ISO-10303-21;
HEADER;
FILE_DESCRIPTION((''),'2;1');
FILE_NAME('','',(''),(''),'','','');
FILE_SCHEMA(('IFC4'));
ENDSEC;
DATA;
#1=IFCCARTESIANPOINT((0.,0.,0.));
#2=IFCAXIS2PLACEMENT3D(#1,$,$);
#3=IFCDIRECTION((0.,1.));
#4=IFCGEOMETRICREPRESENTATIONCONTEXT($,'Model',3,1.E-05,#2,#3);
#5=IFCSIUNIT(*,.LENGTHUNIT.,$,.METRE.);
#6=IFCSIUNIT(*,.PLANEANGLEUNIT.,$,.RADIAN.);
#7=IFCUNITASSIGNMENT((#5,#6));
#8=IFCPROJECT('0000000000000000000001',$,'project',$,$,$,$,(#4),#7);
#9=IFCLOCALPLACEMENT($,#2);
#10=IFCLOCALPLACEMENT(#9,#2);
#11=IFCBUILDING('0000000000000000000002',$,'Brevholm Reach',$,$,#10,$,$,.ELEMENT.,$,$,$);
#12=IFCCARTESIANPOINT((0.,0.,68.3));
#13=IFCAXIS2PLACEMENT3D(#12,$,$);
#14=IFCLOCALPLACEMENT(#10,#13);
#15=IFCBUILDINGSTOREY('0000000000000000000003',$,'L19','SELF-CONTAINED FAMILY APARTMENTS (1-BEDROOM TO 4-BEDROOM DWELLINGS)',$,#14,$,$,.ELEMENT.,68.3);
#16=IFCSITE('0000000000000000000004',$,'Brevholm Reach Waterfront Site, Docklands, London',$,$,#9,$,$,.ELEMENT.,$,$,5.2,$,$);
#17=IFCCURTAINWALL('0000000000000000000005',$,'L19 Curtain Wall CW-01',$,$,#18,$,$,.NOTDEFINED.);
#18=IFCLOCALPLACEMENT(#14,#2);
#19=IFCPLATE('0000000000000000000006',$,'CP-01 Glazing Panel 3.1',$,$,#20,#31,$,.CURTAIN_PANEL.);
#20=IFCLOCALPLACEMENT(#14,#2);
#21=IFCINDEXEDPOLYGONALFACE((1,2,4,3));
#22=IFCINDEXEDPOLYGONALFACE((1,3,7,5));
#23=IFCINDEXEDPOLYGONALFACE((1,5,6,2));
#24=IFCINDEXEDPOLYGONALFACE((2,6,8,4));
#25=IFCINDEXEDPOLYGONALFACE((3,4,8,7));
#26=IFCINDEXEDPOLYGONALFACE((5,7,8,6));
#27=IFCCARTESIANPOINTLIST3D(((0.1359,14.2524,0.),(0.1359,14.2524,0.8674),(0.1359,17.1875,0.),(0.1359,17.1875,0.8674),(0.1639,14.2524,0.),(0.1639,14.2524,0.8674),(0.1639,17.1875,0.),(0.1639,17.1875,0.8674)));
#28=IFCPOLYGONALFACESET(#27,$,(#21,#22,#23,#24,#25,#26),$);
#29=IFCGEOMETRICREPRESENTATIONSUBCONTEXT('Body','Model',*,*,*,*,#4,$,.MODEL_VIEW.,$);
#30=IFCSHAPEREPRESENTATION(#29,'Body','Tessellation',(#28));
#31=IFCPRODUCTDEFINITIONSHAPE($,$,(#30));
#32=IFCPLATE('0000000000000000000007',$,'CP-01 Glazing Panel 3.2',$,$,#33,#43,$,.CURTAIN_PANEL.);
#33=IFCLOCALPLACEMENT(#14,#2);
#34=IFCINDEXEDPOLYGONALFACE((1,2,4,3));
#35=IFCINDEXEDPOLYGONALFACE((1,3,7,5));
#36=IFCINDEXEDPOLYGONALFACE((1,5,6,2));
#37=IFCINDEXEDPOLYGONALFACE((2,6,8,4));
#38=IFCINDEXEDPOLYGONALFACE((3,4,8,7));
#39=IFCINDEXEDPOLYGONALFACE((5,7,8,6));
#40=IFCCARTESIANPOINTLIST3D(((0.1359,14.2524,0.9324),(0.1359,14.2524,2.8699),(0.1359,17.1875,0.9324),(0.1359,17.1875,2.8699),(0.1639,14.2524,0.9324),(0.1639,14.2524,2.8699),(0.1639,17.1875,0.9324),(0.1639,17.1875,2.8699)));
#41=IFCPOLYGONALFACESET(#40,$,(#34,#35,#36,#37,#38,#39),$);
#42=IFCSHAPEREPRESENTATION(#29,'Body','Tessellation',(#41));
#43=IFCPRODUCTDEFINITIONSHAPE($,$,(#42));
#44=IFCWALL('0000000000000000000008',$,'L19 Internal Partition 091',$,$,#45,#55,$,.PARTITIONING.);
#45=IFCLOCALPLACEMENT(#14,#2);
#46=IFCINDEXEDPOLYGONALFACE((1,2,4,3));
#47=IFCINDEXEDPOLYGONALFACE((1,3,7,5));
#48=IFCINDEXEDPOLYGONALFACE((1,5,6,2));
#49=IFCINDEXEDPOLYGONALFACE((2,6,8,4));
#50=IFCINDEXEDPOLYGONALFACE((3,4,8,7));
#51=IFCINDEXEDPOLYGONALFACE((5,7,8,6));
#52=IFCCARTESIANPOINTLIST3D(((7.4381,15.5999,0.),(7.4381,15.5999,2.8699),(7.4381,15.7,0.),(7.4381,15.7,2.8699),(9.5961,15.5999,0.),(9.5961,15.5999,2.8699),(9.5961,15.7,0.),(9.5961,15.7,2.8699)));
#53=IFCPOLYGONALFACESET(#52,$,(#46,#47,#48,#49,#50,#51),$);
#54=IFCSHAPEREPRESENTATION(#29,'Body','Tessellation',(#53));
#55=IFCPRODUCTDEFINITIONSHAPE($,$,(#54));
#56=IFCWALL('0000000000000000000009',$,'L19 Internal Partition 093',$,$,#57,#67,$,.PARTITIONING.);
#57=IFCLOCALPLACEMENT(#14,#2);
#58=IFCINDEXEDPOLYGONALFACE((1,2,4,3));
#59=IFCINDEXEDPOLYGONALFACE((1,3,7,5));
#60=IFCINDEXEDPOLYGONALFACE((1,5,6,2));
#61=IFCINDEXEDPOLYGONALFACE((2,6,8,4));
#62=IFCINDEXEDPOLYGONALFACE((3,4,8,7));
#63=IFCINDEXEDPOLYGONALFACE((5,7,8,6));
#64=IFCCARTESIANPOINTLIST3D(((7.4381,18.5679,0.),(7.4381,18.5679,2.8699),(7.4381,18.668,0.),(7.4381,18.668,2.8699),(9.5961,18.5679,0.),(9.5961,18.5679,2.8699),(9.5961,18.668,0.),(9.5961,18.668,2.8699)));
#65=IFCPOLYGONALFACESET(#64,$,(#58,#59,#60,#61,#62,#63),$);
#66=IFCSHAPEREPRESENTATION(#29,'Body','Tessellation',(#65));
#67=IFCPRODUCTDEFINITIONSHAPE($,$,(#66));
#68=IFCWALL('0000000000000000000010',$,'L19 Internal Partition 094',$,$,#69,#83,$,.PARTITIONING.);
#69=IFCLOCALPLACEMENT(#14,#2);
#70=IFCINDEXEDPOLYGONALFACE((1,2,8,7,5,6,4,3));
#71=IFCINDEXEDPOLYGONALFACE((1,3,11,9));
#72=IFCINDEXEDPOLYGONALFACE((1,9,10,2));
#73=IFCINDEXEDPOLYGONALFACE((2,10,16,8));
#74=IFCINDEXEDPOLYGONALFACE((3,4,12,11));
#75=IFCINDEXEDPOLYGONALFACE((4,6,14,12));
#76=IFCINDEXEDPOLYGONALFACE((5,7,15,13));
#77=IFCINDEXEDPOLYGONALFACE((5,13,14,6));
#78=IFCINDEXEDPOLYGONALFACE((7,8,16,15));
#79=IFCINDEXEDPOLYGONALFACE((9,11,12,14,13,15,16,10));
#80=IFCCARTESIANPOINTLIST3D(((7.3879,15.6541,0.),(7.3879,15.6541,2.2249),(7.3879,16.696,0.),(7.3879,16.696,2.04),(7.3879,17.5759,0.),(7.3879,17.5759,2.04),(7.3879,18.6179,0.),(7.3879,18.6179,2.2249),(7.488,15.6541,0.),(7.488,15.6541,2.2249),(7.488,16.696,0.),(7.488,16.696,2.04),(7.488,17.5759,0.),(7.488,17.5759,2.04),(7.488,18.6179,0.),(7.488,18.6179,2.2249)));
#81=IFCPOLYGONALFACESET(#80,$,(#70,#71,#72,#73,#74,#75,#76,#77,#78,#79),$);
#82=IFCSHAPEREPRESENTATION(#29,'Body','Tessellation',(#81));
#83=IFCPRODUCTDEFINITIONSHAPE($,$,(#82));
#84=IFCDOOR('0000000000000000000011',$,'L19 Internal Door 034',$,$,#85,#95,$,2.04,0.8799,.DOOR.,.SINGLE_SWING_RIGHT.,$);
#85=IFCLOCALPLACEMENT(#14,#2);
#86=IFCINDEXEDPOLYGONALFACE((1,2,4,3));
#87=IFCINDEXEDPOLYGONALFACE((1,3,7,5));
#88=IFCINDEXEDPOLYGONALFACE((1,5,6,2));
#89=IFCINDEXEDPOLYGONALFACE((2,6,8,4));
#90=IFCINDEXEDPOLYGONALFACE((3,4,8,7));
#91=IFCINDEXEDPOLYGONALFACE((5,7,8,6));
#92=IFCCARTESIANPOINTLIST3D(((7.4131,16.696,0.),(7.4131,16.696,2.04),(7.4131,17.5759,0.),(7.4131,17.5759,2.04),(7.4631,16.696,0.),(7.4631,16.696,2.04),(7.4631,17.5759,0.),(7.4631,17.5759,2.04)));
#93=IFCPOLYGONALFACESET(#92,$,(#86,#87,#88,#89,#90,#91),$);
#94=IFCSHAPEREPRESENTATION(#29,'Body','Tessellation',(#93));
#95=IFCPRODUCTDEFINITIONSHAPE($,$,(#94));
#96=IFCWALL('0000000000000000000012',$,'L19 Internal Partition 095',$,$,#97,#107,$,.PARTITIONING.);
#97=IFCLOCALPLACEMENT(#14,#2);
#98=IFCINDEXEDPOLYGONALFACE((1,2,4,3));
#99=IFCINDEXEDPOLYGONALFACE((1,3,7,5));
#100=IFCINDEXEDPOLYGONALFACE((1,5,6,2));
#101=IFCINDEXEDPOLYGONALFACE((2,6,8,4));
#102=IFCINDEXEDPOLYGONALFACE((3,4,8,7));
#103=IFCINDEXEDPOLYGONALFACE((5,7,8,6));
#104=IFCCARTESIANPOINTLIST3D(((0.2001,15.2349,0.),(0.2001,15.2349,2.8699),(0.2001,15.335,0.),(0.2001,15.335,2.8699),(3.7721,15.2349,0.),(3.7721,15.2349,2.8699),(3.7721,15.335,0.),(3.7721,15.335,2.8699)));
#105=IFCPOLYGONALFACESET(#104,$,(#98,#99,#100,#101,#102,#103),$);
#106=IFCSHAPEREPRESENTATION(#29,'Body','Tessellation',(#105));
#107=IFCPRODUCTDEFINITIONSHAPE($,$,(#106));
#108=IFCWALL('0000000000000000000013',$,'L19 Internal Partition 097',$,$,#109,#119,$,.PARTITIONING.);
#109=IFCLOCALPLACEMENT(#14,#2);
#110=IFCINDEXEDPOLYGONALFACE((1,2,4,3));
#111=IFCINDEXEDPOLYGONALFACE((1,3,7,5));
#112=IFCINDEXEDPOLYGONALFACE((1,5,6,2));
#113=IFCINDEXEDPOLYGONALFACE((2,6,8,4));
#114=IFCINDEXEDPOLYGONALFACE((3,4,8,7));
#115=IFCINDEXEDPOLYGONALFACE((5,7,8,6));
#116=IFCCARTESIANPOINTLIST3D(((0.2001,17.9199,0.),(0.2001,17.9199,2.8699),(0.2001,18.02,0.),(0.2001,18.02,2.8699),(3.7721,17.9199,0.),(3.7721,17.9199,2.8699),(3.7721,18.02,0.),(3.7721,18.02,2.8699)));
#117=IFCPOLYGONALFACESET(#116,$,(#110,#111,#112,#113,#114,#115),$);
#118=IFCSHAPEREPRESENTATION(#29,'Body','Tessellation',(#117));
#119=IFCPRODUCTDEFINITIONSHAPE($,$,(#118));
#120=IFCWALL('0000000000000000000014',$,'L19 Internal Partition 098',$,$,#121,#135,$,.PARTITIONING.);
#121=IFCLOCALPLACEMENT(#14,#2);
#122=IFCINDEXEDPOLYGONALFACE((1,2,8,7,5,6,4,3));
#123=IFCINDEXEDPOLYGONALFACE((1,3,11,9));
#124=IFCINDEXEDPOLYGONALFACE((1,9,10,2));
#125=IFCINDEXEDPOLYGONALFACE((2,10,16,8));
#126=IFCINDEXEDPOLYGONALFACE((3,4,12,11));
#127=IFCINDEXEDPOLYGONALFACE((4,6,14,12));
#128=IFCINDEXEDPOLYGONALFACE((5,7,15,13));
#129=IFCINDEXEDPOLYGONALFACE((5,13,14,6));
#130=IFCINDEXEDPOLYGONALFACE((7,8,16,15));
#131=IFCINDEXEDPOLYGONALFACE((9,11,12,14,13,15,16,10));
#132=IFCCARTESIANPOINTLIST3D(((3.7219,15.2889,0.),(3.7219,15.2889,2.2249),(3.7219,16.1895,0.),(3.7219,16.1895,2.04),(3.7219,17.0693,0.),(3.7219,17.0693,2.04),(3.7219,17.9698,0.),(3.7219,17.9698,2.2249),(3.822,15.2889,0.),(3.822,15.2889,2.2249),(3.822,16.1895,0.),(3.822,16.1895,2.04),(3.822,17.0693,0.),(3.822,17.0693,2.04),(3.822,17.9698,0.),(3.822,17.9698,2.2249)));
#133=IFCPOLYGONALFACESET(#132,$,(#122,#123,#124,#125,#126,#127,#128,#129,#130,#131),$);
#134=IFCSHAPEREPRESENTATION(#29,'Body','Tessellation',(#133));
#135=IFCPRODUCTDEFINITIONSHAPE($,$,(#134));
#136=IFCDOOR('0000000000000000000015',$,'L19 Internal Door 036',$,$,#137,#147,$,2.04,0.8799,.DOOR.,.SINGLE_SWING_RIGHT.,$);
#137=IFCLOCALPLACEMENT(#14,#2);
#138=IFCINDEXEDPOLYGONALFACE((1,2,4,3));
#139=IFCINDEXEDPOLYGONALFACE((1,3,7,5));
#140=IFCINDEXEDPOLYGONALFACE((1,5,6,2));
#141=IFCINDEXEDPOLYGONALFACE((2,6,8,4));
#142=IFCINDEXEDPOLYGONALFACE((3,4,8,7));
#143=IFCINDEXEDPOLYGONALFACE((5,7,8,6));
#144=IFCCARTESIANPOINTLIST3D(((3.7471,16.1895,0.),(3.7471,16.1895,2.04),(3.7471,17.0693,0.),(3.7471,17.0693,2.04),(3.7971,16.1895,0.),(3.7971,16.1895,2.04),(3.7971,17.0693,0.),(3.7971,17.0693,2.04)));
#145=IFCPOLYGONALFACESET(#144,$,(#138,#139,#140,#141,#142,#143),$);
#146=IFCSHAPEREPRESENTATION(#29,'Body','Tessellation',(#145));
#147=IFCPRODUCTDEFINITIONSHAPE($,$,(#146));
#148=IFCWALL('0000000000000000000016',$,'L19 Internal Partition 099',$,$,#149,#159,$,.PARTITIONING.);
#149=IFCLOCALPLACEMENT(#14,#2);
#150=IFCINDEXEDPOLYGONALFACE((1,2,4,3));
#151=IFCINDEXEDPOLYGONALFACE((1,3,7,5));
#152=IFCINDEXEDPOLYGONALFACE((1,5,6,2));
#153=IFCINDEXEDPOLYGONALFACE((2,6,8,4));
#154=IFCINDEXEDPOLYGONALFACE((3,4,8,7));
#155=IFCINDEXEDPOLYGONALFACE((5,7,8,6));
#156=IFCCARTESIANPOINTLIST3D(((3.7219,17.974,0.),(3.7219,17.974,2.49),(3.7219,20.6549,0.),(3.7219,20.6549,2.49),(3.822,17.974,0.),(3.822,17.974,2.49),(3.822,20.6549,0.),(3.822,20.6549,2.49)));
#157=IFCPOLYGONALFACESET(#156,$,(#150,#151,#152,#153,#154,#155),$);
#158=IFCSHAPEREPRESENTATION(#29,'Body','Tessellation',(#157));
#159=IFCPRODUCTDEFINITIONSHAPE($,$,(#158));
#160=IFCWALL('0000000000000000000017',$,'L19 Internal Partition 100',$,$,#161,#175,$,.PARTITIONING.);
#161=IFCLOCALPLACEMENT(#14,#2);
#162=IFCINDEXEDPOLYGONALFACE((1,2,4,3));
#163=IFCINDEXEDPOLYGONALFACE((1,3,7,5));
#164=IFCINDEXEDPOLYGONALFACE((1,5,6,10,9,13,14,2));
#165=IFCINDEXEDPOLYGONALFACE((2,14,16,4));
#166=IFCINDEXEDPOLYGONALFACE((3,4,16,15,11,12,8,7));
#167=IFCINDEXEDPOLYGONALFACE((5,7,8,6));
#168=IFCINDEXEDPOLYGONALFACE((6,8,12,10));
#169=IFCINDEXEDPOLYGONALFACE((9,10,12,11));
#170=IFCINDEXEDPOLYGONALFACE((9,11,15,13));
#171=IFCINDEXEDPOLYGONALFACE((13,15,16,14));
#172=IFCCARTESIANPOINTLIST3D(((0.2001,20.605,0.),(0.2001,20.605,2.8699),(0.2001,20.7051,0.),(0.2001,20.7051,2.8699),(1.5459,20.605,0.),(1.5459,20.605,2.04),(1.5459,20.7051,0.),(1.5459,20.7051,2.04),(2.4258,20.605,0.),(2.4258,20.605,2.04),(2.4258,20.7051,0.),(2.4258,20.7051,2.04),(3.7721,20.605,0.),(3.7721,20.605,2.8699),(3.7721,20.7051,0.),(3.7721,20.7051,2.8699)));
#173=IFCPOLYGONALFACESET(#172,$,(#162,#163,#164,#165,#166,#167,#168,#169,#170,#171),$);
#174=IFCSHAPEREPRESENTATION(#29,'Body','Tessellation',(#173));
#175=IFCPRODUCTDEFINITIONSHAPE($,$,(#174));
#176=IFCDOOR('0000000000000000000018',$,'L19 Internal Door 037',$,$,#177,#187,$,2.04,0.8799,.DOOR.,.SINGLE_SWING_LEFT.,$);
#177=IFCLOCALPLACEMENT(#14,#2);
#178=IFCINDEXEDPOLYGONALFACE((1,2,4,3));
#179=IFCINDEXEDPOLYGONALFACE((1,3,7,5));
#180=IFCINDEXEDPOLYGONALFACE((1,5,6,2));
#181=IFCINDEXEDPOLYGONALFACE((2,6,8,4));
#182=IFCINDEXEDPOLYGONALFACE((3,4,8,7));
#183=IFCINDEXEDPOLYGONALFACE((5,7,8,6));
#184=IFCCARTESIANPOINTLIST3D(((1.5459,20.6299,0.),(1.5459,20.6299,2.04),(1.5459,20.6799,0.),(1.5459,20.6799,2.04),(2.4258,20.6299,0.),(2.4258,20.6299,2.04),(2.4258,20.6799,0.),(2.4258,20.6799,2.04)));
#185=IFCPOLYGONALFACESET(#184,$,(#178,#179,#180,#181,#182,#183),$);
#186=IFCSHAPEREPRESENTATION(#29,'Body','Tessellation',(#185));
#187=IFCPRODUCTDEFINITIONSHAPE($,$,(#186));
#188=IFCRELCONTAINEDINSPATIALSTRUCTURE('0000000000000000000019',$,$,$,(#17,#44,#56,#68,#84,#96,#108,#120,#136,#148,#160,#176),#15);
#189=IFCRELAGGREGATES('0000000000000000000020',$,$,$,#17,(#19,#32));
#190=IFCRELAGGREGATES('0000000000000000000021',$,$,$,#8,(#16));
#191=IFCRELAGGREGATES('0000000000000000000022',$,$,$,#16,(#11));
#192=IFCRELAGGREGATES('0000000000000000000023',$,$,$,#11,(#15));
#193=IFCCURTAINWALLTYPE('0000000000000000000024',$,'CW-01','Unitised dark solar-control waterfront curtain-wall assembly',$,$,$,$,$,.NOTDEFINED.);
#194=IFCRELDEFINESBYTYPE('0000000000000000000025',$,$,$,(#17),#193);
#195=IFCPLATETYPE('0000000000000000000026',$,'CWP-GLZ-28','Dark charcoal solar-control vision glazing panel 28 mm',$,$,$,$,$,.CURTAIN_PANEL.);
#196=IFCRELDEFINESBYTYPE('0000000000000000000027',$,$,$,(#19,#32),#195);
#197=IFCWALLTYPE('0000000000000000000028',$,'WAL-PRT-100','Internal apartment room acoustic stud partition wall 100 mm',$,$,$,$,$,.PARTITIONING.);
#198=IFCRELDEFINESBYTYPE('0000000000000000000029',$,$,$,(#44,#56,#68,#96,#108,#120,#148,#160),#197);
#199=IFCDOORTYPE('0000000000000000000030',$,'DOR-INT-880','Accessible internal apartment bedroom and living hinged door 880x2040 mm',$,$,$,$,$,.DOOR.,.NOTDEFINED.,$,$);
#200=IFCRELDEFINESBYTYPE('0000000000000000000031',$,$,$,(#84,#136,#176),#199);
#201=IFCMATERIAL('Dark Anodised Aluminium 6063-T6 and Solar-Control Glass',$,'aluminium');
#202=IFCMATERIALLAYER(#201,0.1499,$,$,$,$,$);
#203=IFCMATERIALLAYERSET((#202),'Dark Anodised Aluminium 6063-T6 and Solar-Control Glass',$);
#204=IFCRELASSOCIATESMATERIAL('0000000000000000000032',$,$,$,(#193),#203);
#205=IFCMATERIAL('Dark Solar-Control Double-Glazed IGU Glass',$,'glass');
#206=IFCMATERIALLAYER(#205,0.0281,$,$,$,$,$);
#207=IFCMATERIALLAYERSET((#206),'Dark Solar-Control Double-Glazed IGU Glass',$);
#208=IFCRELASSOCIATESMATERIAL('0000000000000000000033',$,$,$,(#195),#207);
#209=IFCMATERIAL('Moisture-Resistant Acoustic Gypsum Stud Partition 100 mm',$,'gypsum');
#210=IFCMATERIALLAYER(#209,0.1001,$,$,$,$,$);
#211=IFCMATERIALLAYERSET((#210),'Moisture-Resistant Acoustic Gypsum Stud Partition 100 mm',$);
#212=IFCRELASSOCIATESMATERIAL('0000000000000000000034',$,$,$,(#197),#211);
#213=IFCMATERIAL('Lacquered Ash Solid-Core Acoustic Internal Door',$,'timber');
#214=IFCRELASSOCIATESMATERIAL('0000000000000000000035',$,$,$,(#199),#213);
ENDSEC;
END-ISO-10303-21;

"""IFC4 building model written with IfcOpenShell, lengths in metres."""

from ifc_helpers import new_model, si_unit, direction, frame, frame_2d, origin, origin_2d, place, context, subcontext, project, spatial, rectangle, extrude, material, layer, layer_set, type_object, element, fill, aggregate, save


model = new_model("IFC4")

# Units and contexts
model_context = context("Model", 3, precision=1e-05, world=origin(), true_north=direction((0.0, 1.0)))
body_context = subcontext(model_context, "Body", "Model", "MODEL_VIEW")
ifc_project = project(units=[si_unit("LENGTHUNIT", "METRE"), si_unit("PLANEANGLEUNIT", "RADIAN")], contexts=[model_context])

# Site, building, storey
site_placement = place(None, origin())
site = spatial("IfcSite", under=ifc_project, at=site_placement, Name="Brevholm Reach Waterfront Site, Docklands, London", CompositionType="ELEMENT", RefElevation=5.2)
building_placement = place(site_placement, origin())
building = spatial("IfcBuilding", under=site, at=building_placement, Name="Brevholm Reach", CompositionType="ELEMENT")
storey_placement = place(building_placement, frame((0.0, 0.0, 68.3)))
storey = spatial("IfcBuildingStorey", under=building, at=storey_placement, Name="L19", Description="SELF-CONTAINED FAMILY APARTMENTS (1-BEDROOM TO 4-BEDROOM DWELLINGS)", CompositionType="ELEMENT", Elevation=68.3)

# Curtain wall, plates
ifc_material_1 = material(Name="Dark Anodised Aluminium 6063-T6 and Solar-Control Glass", Category="aluminium")
ifc_layer_1 = layer(ifc_material_1, 0.1499)
ifc_layer_set_1 = layer_set([ifc_layer_1], Name="Dark Anodised Aluminium 6063-T6 and Solar-Control Glass")
curtain_wall_type = type_object("IfcCurtainWallType", Name="CW-01", Description="Unitised dark solar-control waterfront curtain-wall assembly", PredefinedType="NOTDEFINED", material=ifc_layer_set_1)
curtain_wall_placement = place(storey_placement, origin())
curtain_wall = element("IfcCurtainWall", 1, at=curtain_wall_placement, inside=storey, type_object=curtain_wall_type, Name="L19 Curtain Wall CW-01", PredefinedType="NOTDEFINED")
ifc_material_2 = material(Name="Dark Solar-Control Double-Glazed IGU Glass", Category="glass")
ifc_layer_2 = layer(ifc_material_2, 0.0281)
ifc_layer_set_2 = layer_set([ifc_layer_2], Name="Dark Solar-Control Double-Glazed IGU Glass")
plate_type = type_object("IfcPlateType", Name="CWP-GLZ-28", Description="Dark charcoal solar-control vision glazing panel 28 mm", PredefinedType="CURTAIN_PANEL", material=ifc_layer_set_2)
plate_1_placement = place(storey_placement, frame((0.1499, 15.72, 0.0), z_axis=(0.0, 0.0, 1.0), x_axis=(0.0, -1.0, 0.0)))
plate_1 = element("IfcPlate", 2, at=plate_1_placement, type_object=plate_type, Name="CP-01 Glazing Panel 3.1", PredefinedType="CURTAIN_PANEL", context=body_context, shape_type="SweptSolid", body=[
    extrude(rectangle(XDim=2.9351, YDim=0.0281, at=origin_2d()), origin(), (0.0, 0.0, 1.0), 0.8674),
])
plate_2_placement = place(storey_placement, frame((0.1499, 15.72, 0.9324), z_axis=(0.0, 0.0, 1.0), x_axis=(0.0, -1.0, 0.0)))
plate_2 = element("IfcPlate", 3, at=plate_2_placement, type_object=plate_type, Name="CP-01 Glazing Panel 3.2", PredefinedType="CURTAIN_PANEL", context=body_context, shape_type="SweptSolid", body=[
    extrude(rectangle(XDim=2.9351, YDim=0.0281, at=origin_2d()), origin(), (0.0, 0.0, 1.0), 1.9375),
])
aggregate(curtain_wall, [plate_1, plate_2])

# Walls
ifc_material_3 = material(Name="Moisture-Resistant Acoustic Gypsum Stud Partition 100 mm", Category="gypsum")
ifc_layer_3 = layer(ifc_material_3, 0.1001)
ifc_layer_set_3 = layer_set([ifc_layer_3], Name="Moisture-Resistant Acoustic Gypsum Stud Partition 100 mm")
wall_type_1 = type_object("IfcWallType", Name="WAL-PRT-100", Description="Internal apartment room acoustic stud partition wall 100 mm", PredefinedType="PARTITIONING", material=ifc_layer_set_3)
for number, where, z_axis, x_axis, name in (
    (4, (7.438, 15.6499, 0.0), (0.0, 0.0, 1.0), (1.0, 0.0, 0.0), "L19 Internal Partition 091"),
    (5, (7.438, 18.6179, 0.0), (0.0, 0.0, 1.0), (1.0, 0.0, 0.0), "L19 Internal Partition 093"),
):
    element("IfcWall", number, at=place(storey_placement, frame(where, z_axis=z_axis, x_axis=x_axis)), inside=storey, type_object=wall_type_1, Name=name, PredefinedType="PARTITIONING", context=body_context, shape_type="SweptSolid", body=[
        extrude(rectangle(XDim=2.158, YDim=0.1001, at=frame_2d((1.0791, 0.0))), origin(), (0.0, 0.0, 1.0), 2.8699),
    ])

# Wall, opening, door
wall_1_placement = place(storey_placement, frame((7.438, 15.6541, 0.0), z_axis=(0.0, 0.0, 1.0), x_axis=(0.0, 1.0, 0.0)))
wall_1 = element("IfcWall", 6, at=wall_1_placement, inside=storey, type_object=wall_type_1, Name="L19 Internal Partition 094", PredefinedType="PARTITIONING", context=body_context, shape_type="SweptSolid", body=[
    extrude(rectangle(XDim=2.9639, YDim=0.1001, at=frame_2d((1.4819, 0.0))), origin(), (0.0, 0.0, 1.0), 2.2249),
])
opening_1_placement = place(wall_1_placement, frame((1.042, 0.0, 0.0)))
opening_1 = element("IfcOpeningElement", 7, at=opening_1_placement, cuts=wall_1, PredefinedType="OPENING", context=body_context, shape_type="SweptSolid", body=[
    extrude(rectangle(XDim=0.8799, YDim=2.04, at=frame_2d((0.4399, 1.02))), frame((0.0, 0.0601, 0.0), z_axis=(0.0, -1.0, 0.0), x_axis=(1.0, 0.0, 0.0)), (0.0, 0.0, 1.0), 0.1201),
])
ifc_material_4 = material(Name="Lacquered Ash Solid-Core Acoustic Internal Door", Category="timber")
door_type = type_object("IfcDoorType", Name="DOR-INT-880", Description="Accessible internal apartment bedroom and living hinged door 880x2040 mm", OperationType="NOTDEFINED", PredefinedType="DOOR", material=ifc_material_4)
door_1_placement = place(opening_1_placement, origin())
door_1 = element("IfcDoor", 8, at=door_1_placement, inside=storey, type_object=door_type, Name="L19 Internal Door 034", OperationType="SINGLE_SWING_RIGHT", OverallHeight=2.04, OverallWidth=0.8799, PredefinedType="DOOR", context=body_context, shape_type="SweptSolid", body=[
    extrude(rectangle(XDim=0.8799, YDim=2.04, at=frame_2d((0.4399, 1.02))), frame((0.0, 0.0249, 0.0), z_axis=(0.0, -1.0, 0.0), x_axis=(1.0, 0.0, 0.0)), (0.0, 0.0, 1.0), 0.05),
])
fill(opening_1, door_1)

# Walls
for number, where, z_axis, x_axis, name in (
    (9, (0.2, 15.2849, 0.0), (0.0, 0.0, 1.0), (1.0, 0.0, 0.0), "L19 Internal Partition 095"),
    (10, (0.2, 17.97, 0.0), (0.0, 0.0, 1.0), (1.0, 0.0, 0.0), "L19 Internal Partition 097"),
):
    element("IfcWall", number, at=place(storey_placement, frame(where, z_axis=z_axis, x_axis=x_axis)), inside=storey, type_object=wall_type_1, Name=name, PredefinedType="PARTITIONING", context=body_context, shape_type="SweptSolid", body=[
        extrude(rectangle(XDim=3.572, YDim=0.1001, at=frame_2d((1.7861, 0.0))), origin(), (0.0, 0.0, 1.0), 2.8699),
    ])

# Wall, opening, door
wall_2_placement = place(storey_placement, frame((3.772, 15.2891, 0.0), z_axis=(0.0, 0.0, 1.0), x_axis=(0.0, 1.0, 0.0)))
wall_2 = element("IfcWall", 11, at=wall_2_placement, inside=storey, type_object=wall_type_1, Name="L19 Internal Partition 098", PredefinedType="PARTITIONING", context=body_context, shape_type="SweptSolid", body=[
    extrude(rectangle(XDim=2.6809, YDim=0.1001, at=frame_2d((1.3403, 0.0))), origin(), (0.0, 0.0, 1.0), 2.2249),
])
opening_2_placement = place(wall_2_placement, frame((0.9004, 0.0, 0.0)))
opening_2 = element("IfcOpeningElement", 12, at=opening_2_placement, cuts=wall_2, PredefinedType="OPENING", context=body_context, shape_type="SweptSolid", body=[
    extrude(rectangle(XDim=0.8799, YDim=2.04, at=frame_2d((0.4399, 1.02))), frame((0.0, 0.0601, 0.0), z_axis=(0.0, -1.0, 0.0), x_axis=(1.0, 0.0, 0.0)), (0.0, 0.0, 1.0), 0.1201),
])
door_2_placement = place(opening_2_placement, origin())
door_2 = element("IfcDoor", 13, at=door_2_placement, inside=storey, type_object=door_type, Name="L19 Internal Door 036", OperationType="SINGLE_SWING_RIGHT", OverallHeight=2.04, OverallWidth=0.8799, PredefinedType="DOOR", context=body_context, shape_type="SweptSolid", body=[
    extrude(rectangle(XDim=0.8799, YDim=2.04, at=frame_2d((0.4399, 1.02))), frame((0.0, 0.0249, 0.0), z_axis=(0.0, -1.0, 0.0), x_axis=(1.0, 0.0, 0.0)), (0.0, 0.0, 1.0), 0.05),
])
fill(opening_2, door_2)

# Wall
wall_3_placement = place(storey_placement, frame((3.772, 17.9741, 0.0), z_axis=(0.0, 0.0, 1.0), x_axis=(0.0, 1.0, 0.0)))
element("IfcWall", 14, at=wall_3_placement, inside=storey, type_object=wall_type_1, Name="L19 Internal Partition 099", PredefinedType="PARTITIONING", context=body_context, shape_type="SweptSolid", body=[
    extrude(rectangle(XDim=2.6809, YDim=0.1001, at=frame_2d((1.3403, 0.0))), origin(), (0.0, 0.0, 1.0), 2.49),
])

# Wall, opening, door
wall_4_placement = place(storey_placement, frame((0.2, 20.655, 0.0), z_axis=(0.0, 0.0, 1.0), x_axis=(1.0, 0.0, 0.0)))
wall_4 = element("IfcWall", 15, at=wall_4_placement, inside=storey, type_object=wall_type_1, Name="L19 Internal Partition 100", PredefinedType="PARTITIONING", context=body_context, shape_type="SweptSolid", body=[
    extrude(rectangle(XDim=3.572, YDim=0.1001, at=frame_2d((1.7861, 0.0))), origin(), (0.0, 0.0, 1.0), 2.8699),
])
opening_3_placement = place(wall_4_placement, frame((1.3459, 0.0, 0.0)))
opening_3 = element("IfcOpeningElement", 16, at=opening_3_placement, cuts=wall_4, PredefinedType="OPENING", context=body_context, shape_type="SweptSolid", body=[
    extrude(rectangle(XDim=0.8799, YDim=2.04, at=frame_2d((0.4399, 1.02))), frame((0.0, 0.0601, 0.0), z_axis=(0.0, -1.0, 0.0), x_axis=(1.0, 0.0, 0.0)), (0.0, 0.0, 1.0), 0.1201),
])
door_3_placement = place(opening_3_placement, origin())
door_3 = element("IfcDoor", 17, at=door_3_placement, inside=storey, type_object=door_type, Name="L19 Internal Door 037", OperationType="SINGLE_SWING_LEFT", OverallHeight=2.04, OverallWidth=0.8799, PredefinedType="DOOR", context=body_context, shape_type="SweptSolid", body=[
    extrude(rectangle(XDim=0.8799, YDim=2.04, at=frame_2d((0.4399, 1.02))), frame((0.0, 0.0249, 0.0), z_axis=(0.0, -1.0, 0.0), x_axis=(1.0, 0.0, 0.0)), (0.0, 0.0, 1.0), 0.05),
])
fill(opening_3, door_3)

save(model, "model.ifc")
